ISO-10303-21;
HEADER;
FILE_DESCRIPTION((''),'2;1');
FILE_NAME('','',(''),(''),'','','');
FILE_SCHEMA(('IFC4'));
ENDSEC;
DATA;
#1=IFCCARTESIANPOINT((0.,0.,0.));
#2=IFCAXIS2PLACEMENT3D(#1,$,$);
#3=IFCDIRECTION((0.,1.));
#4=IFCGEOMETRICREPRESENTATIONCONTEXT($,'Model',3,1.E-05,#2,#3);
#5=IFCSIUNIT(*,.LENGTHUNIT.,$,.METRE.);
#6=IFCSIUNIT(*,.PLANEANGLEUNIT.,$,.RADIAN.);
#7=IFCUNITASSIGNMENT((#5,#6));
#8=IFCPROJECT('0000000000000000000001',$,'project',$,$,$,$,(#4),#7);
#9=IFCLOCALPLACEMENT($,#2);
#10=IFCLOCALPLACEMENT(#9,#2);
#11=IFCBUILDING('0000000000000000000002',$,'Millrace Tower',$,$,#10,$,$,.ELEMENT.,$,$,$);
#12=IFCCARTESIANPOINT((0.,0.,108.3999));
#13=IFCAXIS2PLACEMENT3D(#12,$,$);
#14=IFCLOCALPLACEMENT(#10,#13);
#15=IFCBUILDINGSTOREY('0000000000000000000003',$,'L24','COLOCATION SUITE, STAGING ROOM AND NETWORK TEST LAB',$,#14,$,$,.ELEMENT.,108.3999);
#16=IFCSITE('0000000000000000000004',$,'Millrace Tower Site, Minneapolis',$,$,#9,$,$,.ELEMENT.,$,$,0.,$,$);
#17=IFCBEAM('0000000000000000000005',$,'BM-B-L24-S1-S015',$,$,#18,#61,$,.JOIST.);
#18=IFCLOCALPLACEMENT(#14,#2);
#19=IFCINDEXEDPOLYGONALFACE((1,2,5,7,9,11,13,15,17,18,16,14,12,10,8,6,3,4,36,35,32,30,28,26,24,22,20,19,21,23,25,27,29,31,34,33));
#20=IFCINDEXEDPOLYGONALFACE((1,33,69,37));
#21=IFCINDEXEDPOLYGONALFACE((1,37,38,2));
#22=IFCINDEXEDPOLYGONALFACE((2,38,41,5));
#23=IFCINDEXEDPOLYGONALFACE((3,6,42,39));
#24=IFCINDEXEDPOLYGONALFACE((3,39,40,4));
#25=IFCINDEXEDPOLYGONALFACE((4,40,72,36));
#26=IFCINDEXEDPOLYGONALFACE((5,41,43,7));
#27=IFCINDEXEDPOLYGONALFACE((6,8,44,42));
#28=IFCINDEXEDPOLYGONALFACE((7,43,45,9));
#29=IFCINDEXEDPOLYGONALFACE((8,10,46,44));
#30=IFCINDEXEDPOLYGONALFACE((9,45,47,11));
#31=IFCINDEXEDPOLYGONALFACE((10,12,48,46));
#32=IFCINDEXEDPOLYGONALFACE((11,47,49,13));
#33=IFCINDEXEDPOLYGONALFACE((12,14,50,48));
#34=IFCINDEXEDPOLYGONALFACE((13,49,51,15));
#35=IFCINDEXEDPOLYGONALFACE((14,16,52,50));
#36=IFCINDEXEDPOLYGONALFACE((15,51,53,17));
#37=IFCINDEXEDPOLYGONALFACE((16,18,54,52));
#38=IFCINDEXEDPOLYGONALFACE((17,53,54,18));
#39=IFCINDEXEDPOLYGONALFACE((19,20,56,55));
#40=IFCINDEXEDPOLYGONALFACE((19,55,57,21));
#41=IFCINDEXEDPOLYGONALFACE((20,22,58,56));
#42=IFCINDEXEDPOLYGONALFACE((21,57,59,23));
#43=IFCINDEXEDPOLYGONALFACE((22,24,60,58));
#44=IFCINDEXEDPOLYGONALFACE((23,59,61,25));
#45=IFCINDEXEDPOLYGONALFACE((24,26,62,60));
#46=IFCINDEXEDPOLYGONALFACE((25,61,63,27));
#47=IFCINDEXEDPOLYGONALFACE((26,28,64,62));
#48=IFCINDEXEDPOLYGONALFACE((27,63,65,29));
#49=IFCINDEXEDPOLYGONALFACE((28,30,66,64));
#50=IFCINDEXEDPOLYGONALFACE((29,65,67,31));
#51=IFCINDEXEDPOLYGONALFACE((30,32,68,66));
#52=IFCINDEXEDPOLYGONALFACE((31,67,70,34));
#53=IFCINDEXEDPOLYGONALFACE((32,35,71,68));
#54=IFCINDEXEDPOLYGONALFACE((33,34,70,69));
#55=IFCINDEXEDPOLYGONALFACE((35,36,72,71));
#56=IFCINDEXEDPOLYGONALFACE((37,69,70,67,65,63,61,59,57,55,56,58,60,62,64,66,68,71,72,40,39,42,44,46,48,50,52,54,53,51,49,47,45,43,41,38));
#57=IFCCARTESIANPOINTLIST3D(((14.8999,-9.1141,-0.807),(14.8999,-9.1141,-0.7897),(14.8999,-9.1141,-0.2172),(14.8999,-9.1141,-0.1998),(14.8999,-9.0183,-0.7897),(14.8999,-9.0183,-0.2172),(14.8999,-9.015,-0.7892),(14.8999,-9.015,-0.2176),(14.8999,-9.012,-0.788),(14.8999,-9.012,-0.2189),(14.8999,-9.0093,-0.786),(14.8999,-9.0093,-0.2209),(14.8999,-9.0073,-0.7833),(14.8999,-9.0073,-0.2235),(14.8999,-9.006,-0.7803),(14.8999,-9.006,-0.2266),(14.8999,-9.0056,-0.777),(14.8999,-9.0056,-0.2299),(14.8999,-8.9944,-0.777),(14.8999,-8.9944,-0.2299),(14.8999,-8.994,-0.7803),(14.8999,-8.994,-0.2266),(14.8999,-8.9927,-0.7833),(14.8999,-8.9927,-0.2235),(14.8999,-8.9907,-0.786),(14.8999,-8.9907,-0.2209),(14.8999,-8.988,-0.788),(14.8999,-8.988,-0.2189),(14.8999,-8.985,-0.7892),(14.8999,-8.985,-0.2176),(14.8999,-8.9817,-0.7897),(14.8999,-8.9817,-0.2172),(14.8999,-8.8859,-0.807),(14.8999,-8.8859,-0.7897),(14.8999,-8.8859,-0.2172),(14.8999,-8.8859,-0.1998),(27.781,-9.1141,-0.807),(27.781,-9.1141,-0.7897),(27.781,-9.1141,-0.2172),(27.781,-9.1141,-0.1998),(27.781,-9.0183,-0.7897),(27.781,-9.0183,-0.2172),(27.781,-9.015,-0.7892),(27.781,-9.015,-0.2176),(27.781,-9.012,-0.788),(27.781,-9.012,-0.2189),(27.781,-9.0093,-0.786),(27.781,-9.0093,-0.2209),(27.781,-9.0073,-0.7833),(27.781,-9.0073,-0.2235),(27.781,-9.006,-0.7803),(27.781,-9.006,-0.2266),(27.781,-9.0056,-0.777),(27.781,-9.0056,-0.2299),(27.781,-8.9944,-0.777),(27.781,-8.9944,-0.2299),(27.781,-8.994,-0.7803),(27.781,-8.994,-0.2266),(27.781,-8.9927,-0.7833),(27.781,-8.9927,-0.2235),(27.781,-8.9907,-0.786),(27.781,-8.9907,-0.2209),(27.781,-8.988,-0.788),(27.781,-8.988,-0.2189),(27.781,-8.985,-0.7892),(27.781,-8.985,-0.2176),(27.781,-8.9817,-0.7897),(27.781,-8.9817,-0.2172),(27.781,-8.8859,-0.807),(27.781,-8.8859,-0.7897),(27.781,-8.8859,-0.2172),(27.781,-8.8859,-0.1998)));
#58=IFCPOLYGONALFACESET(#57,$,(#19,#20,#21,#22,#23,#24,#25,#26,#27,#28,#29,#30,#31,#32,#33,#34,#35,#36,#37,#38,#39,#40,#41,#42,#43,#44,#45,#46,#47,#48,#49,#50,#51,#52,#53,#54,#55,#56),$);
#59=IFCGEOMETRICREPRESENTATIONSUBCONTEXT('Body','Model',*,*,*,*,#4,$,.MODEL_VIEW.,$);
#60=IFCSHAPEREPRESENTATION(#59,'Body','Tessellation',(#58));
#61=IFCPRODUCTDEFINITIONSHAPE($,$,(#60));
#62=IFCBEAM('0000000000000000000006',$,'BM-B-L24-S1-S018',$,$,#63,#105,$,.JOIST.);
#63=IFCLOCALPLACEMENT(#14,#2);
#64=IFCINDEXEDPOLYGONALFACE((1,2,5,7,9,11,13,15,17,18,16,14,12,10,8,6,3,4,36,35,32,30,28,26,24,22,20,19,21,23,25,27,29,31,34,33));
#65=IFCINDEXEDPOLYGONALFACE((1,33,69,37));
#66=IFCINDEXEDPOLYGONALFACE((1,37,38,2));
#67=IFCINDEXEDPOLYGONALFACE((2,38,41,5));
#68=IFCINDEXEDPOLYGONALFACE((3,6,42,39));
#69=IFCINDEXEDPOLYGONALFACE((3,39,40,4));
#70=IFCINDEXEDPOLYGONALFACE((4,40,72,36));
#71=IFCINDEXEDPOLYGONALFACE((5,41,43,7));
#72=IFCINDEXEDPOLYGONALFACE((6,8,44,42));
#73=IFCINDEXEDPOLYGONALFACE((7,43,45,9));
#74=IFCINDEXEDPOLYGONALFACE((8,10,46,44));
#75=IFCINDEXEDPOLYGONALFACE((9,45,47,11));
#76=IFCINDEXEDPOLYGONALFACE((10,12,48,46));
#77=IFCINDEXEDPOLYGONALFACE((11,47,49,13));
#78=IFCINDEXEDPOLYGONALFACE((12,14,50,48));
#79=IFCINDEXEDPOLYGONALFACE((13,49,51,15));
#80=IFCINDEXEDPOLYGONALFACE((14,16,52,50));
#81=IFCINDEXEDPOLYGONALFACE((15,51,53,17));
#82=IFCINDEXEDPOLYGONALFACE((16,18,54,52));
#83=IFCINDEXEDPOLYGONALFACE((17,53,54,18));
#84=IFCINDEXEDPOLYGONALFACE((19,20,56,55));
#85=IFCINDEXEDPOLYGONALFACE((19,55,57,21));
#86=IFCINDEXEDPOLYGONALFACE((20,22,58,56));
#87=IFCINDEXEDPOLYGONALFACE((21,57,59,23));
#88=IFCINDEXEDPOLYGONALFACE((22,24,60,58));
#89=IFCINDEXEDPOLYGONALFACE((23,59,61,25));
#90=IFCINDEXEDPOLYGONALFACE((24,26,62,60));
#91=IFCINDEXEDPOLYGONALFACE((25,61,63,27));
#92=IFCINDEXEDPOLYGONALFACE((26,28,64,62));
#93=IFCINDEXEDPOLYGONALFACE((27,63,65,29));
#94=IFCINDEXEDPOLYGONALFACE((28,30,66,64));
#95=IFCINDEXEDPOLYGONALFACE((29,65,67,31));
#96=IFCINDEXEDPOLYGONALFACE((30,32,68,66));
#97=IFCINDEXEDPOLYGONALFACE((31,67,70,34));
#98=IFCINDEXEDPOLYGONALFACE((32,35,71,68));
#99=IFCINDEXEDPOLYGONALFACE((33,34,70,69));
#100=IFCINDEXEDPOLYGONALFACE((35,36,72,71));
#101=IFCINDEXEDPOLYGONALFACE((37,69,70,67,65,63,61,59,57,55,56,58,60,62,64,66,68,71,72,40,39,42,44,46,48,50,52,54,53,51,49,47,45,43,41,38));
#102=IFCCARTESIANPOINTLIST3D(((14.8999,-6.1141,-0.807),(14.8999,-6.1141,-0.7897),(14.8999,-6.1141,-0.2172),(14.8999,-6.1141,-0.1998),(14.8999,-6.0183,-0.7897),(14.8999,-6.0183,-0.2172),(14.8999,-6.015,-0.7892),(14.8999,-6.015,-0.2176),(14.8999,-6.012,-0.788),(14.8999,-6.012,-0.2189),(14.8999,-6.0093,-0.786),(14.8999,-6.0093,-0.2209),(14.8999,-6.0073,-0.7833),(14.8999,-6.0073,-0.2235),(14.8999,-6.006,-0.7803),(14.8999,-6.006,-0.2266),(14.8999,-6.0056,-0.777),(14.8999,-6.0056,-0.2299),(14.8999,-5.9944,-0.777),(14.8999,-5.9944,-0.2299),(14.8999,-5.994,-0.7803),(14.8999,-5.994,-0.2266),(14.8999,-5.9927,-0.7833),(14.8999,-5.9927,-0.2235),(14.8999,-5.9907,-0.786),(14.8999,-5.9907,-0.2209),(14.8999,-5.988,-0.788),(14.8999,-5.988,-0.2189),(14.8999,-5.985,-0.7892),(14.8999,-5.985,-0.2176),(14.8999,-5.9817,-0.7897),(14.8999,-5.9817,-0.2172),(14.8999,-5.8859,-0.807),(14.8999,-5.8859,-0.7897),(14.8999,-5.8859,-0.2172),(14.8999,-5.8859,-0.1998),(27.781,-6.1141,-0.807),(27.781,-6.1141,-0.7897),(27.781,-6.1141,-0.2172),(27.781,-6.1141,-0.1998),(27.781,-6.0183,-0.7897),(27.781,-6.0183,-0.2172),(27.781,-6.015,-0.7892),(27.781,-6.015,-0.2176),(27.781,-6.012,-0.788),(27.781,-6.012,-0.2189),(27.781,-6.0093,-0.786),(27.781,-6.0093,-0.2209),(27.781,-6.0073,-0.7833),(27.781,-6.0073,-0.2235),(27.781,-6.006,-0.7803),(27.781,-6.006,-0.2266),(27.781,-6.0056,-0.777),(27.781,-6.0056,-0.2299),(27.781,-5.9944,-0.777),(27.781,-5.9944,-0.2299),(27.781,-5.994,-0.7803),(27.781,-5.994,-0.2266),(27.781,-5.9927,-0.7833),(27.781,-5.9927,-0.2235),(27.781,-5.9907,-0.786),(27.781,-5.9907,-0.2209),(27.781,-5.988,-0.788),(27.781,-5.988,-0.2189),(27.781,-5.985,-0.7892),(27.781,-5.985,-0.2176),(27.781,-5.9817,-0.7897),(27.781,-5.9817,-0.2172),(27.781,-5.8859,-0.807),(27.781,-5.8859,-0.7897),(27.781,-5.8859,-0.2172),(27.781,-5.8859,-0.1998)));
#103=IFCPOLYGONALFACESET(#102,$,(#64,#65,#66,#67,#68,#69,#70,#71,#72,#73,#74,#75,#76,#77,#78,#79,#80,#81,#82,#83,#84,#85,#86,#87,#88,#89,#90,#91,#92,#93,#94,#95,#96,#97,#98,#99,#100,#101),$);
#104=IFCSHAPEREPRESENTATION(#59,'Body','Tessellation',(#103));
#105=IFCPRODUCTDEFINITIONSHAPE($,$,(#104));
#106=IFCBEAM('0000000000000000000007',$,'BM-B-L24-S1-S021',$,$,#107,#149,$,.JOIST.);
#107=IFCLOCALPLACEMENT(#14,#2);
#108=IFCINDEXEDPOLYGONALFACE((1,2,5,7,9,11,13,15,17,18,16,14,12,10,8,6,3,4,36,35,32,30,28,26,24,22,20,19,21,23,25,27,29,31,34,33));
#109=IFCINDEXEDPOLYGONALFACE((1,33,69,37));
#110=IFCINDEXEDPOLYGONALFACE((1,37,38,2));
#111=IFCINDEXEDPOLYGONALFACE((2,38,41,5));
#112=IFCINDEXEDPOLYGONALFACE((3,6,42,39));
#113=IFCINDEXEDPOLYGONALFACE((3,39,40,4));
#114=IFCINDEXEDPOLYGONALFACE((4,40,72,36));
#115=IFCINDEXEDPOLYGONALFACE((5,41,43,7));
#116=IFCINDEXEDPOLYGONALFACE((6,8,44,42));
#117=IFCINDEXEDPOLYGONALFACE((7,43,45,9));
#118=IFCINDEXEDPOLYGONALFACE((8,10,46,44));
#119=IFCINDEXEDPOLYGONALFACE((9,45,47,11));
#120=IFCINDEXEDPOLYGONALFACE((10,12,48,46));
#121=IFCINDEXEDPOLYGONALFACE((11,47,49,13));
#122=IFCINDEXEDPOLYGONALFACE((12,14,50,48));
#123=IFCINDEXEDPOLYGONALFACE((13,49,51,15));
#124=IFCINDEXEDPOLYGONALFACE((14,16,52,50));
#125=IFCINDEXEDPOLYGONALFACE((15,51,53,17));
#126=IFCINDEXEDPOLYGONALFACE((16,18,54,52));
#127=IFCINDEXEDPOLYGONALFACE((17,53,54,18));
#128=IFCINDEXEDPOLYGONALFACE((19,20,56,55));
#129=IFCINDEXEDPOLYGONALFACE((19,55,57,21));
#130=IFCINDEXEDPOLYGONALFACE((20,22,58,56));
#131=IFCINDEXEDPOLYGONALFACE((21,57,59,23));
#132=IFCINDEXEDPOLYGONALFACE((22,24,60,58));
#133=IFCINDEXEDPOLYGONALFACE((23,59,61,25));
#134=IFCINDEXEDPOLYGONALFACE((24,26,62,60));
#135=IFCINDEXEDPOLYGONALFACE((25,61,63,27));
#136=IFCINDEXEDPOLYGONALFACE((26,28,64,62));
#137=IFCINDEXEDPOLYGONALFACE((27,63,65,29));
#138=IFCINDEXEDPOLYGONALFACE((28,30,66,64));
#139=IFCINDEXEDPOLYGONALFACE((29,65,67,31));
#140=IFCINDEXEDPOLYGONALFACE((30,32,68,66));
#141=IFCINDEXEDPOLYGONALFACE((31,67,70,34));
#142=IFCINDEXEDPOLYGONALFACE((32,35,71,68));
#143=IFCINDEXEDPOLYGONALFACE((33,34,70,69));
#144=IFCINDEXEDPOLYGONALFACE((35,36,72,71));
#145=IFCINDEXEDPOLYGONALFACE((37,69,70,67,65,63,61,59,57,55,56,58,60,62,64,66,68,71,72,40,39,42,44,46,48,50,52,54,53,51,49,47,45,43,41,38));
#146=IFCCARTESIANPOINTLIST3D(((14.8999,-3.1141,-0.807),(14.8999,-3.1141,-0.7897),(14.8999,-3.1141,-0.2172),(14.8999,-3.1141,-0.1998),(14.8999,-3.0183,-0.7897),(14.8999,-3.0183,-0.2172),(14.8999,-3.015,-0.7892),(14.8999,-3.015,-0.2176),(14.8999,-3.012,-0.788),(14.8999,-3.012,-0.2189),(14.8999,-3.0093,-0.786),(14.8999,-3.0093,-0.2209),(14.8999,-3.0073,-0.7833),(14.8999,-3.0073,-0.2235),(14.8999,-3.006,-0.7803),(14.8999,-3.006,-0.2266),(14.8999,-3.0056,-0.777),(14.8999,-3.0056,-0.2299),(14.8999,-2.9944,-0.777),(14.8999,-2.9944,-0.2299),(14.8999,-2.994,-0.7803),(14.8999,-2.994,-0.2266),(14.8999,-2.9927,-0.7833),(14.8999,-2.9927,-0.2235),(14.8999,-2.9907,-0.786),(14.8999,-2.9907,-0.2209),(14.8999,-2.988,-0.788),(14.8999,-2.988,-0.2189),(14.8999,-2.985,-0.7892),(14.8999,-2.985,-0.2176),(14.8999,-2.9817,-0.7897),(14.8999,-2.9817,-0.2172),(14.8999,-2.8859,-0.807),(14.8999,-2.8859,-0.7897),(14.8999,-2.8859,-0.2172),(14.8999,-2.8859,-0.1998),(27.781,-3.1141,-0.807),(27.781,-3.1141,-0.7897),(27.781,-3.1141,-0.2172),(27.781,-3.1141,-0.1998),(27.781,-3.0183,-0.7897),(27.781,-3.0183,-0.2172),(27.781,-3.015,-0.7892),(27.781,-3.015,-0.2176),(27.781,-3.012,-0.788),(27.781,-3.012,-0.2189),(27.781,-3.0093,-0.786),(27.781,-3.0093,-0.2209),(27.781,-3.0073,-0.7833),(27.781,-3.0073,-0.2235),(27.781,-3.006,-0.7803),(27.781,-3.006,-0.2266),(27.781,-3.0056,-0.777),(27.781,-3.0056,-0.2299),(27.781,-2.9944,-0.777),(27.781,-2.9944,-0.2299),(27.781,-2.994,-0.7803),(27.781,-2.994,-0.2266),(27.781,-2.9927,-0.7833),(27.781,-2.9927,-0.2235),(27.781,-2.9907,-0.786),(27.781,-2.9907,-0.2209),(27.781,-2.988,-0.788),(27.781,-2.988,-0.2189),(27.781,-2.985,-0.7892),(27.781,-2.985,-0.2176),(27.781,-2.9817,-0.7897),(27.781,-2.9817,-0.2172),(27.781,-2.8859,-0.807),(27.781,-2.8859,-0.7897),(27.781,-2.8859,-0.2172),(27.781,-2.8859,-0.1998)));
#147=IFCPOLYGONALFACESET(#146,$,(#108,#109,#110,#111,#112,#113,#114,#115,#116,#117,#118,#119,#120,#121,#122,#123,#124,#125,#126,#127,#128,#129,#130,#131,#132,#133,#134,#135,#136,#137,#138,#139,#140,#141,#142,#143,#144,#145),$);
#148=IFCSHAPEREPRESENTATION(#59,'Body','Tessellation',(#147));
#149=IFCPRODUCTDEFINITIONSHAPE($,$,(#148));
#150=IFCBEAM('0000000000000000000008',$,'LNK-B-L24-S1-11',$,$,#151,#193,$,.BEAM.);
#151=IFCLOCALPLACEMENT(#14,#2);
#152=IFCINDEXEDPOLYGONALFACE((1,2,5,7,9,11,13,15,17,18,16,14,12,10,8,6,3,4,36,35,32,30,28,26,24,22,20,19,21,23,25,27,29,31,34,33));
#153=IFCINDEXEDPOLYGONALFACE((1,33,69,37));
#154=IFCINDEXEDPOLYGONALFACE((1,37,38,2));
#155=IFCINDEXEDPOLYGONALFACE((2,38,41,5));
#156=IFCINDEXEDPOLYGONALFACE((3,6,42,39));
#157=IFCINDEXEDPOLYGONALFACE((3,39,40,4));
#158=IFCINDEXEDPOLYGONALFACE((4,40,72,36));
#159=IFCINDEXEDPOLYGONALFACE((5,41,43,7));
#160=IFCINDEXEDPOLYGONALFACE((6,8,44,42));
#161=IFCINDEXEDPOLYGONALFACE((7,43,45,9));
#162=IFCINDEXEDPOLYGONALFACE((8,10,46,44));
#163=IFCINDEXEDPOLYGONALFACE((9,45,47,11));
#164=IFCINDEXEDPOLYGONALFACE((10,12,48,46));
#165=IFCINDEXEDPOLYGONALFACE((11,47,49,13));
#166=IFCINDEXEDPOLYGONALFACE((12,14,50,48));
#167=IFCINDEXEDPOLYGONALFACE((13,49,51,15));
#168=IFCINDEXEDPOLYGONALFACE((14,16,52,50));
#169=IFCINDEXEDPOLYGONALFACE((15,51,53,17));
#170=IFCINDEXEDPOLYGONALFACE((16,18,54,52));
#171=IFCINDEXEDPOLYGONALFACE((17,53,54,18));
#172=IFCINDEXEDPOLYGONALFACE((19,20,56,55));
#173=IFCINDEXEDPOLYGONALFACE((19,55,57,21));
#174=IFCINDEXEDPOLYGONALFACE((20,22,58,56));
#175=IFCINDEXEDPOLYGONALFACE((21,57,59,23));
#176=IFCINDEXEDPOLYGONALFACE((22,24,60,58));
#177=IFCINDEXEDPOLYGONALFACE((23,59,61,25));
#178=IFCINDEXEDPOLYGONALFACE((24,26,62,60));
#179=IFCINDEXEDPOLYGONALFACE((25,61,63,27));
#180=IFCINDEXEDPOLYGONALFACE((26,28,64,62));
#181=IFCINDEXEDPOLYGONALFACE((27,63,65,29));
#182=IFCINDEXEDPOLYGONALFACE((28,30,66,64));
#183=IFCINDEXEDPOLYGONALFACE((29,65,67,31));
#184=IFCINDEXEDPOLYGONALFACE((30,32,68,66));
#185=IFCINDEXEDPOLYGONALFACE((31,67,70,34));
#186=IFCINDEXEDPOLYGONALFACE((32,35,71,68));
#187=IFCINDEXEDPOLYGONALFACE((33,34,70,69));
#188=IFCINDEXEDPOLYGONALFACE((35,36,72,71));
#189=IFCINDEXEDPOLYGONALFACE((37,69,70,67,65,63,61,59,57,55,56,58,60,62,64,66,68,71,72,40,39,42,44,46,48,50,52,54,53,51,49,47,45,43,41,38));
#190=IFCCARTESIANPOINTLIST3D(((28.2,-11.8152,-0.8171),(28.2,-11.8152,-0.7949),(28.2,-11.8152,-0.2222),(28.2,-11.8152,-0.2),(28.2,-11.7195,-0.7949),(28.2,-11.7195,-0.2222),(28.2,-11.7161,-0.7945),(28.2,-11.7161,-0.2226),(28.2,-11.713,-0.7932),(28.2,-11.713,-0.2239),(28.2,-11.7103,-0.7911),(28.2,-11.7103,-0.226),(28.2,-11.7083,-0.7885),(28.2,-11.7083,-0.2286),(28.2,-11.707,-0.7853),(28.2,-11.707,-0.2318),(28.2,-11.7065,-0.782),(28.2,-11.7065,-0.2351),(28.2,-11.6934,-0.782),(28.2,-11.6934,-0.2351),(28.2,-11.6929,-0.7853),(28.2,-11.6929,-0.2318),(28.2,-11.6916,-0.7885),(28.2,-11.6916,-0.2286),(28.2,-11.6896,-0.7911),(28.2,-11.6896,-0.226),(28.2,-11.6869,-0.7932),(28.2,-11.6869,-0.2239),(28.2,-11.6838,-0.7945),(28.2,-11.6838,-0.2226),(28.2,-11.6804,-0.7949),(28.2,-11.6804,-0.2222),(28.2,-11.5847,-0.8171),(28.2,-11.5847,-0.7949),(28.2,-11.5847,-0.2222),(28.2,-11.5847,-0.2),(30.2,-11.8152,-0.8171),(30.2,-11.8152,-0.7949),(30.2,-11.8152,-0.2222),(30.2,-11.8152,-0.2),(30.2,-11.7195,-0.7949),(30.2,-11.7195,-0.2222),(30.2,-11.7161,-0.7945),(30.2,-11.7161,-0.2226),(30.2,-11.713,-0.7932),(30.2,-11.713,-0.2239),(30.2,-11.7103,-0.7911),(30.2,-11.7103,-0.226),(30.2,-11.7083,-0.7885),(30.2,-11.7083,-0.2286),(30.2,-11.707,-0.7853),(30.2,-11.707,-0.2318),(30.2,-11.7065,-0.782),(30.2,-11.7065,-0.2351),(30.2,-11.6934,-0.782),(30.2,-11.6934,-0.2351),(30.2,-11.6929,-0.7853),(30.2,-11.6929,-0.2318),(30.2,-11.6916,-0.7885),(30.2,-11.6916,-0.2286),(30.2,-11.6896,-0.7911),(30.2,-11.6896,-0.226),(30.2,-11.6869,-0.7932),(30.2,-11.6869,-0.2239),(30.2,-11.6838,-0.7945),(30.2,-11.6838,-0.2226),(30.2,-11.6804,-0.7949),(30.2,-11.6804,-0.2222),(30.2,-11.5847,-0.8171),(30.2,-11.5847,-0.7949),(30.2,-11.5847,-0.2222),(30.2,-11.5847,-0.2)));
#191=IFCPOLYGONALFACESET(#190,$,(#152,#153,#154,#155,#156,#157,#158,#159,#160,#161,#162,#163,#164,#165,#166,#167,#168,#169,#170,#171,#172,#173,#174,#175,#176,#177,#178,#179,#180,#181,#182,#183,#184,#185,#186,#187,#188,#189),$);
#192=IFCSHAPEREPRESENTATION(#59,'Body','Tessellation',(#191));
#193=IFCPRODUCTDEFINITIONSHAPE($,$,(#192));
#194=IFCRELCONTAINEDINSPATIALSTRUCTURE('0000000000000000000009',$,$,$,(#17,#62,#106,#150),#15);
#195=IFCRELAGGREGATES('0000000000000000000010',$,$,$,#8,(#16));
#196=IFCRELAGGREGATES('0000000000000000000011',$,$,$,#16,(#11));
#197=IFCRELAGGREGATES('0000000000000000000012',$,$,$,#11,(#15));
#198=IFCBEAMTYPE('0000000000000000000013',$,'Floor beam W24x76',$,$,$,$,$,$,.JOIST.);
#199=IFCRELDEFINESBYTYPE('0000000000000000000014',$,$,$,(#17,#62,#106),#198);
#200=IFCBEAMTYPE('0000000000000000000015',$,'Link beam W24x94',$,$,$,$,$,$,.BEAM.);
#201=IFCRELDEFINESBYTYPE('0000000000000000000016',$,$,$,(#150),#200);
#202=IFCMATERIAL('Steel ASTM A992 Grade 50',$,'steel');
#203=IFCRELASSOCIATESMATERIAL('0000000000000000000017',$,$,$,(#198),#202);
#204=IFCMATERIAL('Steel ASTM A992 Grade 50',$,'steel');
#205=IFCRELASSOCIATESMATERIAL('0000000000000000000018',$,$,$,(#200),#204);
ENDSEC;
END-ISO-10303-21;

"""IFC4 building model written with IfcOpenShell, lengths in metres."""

from ifc_helpers import new_model, si_unit, direction, frame, origin, origin_2d, place, context, subcontext, project, spatial, i_section, extrude, material, material_profile, profile_set, type_object, element, save


model = new_model("IFC4")

# Units and contexts
model_context = context("Model", 3, precision=1e-05, world=origin(), true_north=direction((0.0, 1.0)))
body_context = subcontext(model_context, "Body", "Model", "MODEL_VIEW")
ifc_project = project(units=[si_unit("LENGTHUNIT", "METRE"), si_unit("PLANEANGLEUNIT", "RADIAN")], contexts=[model_context])

# Site, building, storey
site_placement = place(None, origin())
site = spatial("IfcSite", under=ifc_project, at=site_placement, Name="Millrace Tower Site, Minneapolis", CompositionType="ELEMENT", RefElevation=0.0)
building_placement = place(site_placement, origin())
building = spatial("IfcBuilding", under=site, at=building_placement, Name="Millrace Tower", CompositionType="ELEMENT")
storey_placement = place(building_placement, frame((0.0, 0.0, 108.3999)))
storey = spatial("IfcBuildingStorey", under=building, at=storey_placement, Name="L24", Description="COLOCATION SUITE, STAGING ROOM AND NETWORK TEST LAB", CompositionType="ELEMENT", Elevation=108.3999)

# Beams
ifc_material_1 = material(Name="Steel ASTM A992 Grade 50", Category="steel")
ifc_material_profile_1 = material_profile(ifc_material_1, i_section(OverallWidth=0.2283, OverallDepth=0.6072, WebThickness=0.0112, FlangeThickness=0.0173, FilletRadius=0.0127, at=origin_2d()))
ifc_profile_set_1 = profile_set([ifc_material_profile_1], Name="Steel ASTM A992 Grade 50")
beam_type_1 = type_object("IfcBeamType", Name="Floor beam W24x76", PredefinedType="JOIST", material=ifc_profile_set_1)
for number, where, z_axis, x_axis, name in (
    (1, (14.8999, -9.0, -0.5034), (1.0, 0.0, 0.0), (0.0, 1.0, 0.0), "BM-B-L24-S1-S015"),
    (2, (14.8999, -6.0, -0.5034), (1.0, 0.0, 0.0), (0.0, 1.0, 0.0), "BM-B-L24-S1-S018"),
    (3, (14.8999, -3.0, -0.5034), (1.0, 0.0, 0.0), (0.0, 1.0, 0.0), "BM-B-L24-S1-S021"),
):
    element("IfcBeam", number, at=place(storey_placement, frame(where, z_axis=z_axis, x_axis=x_axis)), inside=storey, type_object=beam_type_1, Name=name, PredefinedType="JOIST", context=body_context, shape_type="SweptSolid", body=[
        extrude(i_section(OverallWidth=0.2283, OverallDepth=0.6072, WebThickness=0.0112, FlangeThickness=0.0173, FilletRadius=0.0127, at=origin_2d()), origin(), (0.0, 0.0, 1.0), 12.8811),
    ])
ifc_material_2 = material(Name="Steel ASTM A992 Grade 50", Category="steel")
ifc_material_profile_2 = material_profile(ifc_material_2, i_section(OverallWidth=0.2305, OverallDepth=0.6172, WebThickness=0.0132, FlangeThickness=0.0222, FilletRadius=0.0129, at=origin_2d()))
ifc_profile_set_2 = profile_set([ifc_material_profile_2], Name="Steel ASTM A992 Grade 50")
beam_type_2 = type_object("IfcBeamType", Name="Link beam W24x94", PredefinedType="BEAM", material=ifc_profile_set_2)
beam_1_placement = place(storey_placement, frame((28.2, -11.7, -0.5085), z_axis=(1.0, 0.0, 0.0), x_axis=(0.0, 1.0, 0.0)))
element("IfcBeam", 4, at=beam_1_placement, inside=storey, type_object=beam_type_2, Name="LNK-B-L24-S1-11", PredefinedType="BEAM", context=body_context, shape_type="SweptSolid", body=[
    extrude(i_section(OverallWidth=0.2305, OverallDepth=0.6172, WebThickness=0.0132, FlangeThickness=0.0222, FilletRadius=0.0129, at=origin_2d()), origin(), (0.0, 0.0, 1.0), 2.0),
])

save(model, "model.ifc")
